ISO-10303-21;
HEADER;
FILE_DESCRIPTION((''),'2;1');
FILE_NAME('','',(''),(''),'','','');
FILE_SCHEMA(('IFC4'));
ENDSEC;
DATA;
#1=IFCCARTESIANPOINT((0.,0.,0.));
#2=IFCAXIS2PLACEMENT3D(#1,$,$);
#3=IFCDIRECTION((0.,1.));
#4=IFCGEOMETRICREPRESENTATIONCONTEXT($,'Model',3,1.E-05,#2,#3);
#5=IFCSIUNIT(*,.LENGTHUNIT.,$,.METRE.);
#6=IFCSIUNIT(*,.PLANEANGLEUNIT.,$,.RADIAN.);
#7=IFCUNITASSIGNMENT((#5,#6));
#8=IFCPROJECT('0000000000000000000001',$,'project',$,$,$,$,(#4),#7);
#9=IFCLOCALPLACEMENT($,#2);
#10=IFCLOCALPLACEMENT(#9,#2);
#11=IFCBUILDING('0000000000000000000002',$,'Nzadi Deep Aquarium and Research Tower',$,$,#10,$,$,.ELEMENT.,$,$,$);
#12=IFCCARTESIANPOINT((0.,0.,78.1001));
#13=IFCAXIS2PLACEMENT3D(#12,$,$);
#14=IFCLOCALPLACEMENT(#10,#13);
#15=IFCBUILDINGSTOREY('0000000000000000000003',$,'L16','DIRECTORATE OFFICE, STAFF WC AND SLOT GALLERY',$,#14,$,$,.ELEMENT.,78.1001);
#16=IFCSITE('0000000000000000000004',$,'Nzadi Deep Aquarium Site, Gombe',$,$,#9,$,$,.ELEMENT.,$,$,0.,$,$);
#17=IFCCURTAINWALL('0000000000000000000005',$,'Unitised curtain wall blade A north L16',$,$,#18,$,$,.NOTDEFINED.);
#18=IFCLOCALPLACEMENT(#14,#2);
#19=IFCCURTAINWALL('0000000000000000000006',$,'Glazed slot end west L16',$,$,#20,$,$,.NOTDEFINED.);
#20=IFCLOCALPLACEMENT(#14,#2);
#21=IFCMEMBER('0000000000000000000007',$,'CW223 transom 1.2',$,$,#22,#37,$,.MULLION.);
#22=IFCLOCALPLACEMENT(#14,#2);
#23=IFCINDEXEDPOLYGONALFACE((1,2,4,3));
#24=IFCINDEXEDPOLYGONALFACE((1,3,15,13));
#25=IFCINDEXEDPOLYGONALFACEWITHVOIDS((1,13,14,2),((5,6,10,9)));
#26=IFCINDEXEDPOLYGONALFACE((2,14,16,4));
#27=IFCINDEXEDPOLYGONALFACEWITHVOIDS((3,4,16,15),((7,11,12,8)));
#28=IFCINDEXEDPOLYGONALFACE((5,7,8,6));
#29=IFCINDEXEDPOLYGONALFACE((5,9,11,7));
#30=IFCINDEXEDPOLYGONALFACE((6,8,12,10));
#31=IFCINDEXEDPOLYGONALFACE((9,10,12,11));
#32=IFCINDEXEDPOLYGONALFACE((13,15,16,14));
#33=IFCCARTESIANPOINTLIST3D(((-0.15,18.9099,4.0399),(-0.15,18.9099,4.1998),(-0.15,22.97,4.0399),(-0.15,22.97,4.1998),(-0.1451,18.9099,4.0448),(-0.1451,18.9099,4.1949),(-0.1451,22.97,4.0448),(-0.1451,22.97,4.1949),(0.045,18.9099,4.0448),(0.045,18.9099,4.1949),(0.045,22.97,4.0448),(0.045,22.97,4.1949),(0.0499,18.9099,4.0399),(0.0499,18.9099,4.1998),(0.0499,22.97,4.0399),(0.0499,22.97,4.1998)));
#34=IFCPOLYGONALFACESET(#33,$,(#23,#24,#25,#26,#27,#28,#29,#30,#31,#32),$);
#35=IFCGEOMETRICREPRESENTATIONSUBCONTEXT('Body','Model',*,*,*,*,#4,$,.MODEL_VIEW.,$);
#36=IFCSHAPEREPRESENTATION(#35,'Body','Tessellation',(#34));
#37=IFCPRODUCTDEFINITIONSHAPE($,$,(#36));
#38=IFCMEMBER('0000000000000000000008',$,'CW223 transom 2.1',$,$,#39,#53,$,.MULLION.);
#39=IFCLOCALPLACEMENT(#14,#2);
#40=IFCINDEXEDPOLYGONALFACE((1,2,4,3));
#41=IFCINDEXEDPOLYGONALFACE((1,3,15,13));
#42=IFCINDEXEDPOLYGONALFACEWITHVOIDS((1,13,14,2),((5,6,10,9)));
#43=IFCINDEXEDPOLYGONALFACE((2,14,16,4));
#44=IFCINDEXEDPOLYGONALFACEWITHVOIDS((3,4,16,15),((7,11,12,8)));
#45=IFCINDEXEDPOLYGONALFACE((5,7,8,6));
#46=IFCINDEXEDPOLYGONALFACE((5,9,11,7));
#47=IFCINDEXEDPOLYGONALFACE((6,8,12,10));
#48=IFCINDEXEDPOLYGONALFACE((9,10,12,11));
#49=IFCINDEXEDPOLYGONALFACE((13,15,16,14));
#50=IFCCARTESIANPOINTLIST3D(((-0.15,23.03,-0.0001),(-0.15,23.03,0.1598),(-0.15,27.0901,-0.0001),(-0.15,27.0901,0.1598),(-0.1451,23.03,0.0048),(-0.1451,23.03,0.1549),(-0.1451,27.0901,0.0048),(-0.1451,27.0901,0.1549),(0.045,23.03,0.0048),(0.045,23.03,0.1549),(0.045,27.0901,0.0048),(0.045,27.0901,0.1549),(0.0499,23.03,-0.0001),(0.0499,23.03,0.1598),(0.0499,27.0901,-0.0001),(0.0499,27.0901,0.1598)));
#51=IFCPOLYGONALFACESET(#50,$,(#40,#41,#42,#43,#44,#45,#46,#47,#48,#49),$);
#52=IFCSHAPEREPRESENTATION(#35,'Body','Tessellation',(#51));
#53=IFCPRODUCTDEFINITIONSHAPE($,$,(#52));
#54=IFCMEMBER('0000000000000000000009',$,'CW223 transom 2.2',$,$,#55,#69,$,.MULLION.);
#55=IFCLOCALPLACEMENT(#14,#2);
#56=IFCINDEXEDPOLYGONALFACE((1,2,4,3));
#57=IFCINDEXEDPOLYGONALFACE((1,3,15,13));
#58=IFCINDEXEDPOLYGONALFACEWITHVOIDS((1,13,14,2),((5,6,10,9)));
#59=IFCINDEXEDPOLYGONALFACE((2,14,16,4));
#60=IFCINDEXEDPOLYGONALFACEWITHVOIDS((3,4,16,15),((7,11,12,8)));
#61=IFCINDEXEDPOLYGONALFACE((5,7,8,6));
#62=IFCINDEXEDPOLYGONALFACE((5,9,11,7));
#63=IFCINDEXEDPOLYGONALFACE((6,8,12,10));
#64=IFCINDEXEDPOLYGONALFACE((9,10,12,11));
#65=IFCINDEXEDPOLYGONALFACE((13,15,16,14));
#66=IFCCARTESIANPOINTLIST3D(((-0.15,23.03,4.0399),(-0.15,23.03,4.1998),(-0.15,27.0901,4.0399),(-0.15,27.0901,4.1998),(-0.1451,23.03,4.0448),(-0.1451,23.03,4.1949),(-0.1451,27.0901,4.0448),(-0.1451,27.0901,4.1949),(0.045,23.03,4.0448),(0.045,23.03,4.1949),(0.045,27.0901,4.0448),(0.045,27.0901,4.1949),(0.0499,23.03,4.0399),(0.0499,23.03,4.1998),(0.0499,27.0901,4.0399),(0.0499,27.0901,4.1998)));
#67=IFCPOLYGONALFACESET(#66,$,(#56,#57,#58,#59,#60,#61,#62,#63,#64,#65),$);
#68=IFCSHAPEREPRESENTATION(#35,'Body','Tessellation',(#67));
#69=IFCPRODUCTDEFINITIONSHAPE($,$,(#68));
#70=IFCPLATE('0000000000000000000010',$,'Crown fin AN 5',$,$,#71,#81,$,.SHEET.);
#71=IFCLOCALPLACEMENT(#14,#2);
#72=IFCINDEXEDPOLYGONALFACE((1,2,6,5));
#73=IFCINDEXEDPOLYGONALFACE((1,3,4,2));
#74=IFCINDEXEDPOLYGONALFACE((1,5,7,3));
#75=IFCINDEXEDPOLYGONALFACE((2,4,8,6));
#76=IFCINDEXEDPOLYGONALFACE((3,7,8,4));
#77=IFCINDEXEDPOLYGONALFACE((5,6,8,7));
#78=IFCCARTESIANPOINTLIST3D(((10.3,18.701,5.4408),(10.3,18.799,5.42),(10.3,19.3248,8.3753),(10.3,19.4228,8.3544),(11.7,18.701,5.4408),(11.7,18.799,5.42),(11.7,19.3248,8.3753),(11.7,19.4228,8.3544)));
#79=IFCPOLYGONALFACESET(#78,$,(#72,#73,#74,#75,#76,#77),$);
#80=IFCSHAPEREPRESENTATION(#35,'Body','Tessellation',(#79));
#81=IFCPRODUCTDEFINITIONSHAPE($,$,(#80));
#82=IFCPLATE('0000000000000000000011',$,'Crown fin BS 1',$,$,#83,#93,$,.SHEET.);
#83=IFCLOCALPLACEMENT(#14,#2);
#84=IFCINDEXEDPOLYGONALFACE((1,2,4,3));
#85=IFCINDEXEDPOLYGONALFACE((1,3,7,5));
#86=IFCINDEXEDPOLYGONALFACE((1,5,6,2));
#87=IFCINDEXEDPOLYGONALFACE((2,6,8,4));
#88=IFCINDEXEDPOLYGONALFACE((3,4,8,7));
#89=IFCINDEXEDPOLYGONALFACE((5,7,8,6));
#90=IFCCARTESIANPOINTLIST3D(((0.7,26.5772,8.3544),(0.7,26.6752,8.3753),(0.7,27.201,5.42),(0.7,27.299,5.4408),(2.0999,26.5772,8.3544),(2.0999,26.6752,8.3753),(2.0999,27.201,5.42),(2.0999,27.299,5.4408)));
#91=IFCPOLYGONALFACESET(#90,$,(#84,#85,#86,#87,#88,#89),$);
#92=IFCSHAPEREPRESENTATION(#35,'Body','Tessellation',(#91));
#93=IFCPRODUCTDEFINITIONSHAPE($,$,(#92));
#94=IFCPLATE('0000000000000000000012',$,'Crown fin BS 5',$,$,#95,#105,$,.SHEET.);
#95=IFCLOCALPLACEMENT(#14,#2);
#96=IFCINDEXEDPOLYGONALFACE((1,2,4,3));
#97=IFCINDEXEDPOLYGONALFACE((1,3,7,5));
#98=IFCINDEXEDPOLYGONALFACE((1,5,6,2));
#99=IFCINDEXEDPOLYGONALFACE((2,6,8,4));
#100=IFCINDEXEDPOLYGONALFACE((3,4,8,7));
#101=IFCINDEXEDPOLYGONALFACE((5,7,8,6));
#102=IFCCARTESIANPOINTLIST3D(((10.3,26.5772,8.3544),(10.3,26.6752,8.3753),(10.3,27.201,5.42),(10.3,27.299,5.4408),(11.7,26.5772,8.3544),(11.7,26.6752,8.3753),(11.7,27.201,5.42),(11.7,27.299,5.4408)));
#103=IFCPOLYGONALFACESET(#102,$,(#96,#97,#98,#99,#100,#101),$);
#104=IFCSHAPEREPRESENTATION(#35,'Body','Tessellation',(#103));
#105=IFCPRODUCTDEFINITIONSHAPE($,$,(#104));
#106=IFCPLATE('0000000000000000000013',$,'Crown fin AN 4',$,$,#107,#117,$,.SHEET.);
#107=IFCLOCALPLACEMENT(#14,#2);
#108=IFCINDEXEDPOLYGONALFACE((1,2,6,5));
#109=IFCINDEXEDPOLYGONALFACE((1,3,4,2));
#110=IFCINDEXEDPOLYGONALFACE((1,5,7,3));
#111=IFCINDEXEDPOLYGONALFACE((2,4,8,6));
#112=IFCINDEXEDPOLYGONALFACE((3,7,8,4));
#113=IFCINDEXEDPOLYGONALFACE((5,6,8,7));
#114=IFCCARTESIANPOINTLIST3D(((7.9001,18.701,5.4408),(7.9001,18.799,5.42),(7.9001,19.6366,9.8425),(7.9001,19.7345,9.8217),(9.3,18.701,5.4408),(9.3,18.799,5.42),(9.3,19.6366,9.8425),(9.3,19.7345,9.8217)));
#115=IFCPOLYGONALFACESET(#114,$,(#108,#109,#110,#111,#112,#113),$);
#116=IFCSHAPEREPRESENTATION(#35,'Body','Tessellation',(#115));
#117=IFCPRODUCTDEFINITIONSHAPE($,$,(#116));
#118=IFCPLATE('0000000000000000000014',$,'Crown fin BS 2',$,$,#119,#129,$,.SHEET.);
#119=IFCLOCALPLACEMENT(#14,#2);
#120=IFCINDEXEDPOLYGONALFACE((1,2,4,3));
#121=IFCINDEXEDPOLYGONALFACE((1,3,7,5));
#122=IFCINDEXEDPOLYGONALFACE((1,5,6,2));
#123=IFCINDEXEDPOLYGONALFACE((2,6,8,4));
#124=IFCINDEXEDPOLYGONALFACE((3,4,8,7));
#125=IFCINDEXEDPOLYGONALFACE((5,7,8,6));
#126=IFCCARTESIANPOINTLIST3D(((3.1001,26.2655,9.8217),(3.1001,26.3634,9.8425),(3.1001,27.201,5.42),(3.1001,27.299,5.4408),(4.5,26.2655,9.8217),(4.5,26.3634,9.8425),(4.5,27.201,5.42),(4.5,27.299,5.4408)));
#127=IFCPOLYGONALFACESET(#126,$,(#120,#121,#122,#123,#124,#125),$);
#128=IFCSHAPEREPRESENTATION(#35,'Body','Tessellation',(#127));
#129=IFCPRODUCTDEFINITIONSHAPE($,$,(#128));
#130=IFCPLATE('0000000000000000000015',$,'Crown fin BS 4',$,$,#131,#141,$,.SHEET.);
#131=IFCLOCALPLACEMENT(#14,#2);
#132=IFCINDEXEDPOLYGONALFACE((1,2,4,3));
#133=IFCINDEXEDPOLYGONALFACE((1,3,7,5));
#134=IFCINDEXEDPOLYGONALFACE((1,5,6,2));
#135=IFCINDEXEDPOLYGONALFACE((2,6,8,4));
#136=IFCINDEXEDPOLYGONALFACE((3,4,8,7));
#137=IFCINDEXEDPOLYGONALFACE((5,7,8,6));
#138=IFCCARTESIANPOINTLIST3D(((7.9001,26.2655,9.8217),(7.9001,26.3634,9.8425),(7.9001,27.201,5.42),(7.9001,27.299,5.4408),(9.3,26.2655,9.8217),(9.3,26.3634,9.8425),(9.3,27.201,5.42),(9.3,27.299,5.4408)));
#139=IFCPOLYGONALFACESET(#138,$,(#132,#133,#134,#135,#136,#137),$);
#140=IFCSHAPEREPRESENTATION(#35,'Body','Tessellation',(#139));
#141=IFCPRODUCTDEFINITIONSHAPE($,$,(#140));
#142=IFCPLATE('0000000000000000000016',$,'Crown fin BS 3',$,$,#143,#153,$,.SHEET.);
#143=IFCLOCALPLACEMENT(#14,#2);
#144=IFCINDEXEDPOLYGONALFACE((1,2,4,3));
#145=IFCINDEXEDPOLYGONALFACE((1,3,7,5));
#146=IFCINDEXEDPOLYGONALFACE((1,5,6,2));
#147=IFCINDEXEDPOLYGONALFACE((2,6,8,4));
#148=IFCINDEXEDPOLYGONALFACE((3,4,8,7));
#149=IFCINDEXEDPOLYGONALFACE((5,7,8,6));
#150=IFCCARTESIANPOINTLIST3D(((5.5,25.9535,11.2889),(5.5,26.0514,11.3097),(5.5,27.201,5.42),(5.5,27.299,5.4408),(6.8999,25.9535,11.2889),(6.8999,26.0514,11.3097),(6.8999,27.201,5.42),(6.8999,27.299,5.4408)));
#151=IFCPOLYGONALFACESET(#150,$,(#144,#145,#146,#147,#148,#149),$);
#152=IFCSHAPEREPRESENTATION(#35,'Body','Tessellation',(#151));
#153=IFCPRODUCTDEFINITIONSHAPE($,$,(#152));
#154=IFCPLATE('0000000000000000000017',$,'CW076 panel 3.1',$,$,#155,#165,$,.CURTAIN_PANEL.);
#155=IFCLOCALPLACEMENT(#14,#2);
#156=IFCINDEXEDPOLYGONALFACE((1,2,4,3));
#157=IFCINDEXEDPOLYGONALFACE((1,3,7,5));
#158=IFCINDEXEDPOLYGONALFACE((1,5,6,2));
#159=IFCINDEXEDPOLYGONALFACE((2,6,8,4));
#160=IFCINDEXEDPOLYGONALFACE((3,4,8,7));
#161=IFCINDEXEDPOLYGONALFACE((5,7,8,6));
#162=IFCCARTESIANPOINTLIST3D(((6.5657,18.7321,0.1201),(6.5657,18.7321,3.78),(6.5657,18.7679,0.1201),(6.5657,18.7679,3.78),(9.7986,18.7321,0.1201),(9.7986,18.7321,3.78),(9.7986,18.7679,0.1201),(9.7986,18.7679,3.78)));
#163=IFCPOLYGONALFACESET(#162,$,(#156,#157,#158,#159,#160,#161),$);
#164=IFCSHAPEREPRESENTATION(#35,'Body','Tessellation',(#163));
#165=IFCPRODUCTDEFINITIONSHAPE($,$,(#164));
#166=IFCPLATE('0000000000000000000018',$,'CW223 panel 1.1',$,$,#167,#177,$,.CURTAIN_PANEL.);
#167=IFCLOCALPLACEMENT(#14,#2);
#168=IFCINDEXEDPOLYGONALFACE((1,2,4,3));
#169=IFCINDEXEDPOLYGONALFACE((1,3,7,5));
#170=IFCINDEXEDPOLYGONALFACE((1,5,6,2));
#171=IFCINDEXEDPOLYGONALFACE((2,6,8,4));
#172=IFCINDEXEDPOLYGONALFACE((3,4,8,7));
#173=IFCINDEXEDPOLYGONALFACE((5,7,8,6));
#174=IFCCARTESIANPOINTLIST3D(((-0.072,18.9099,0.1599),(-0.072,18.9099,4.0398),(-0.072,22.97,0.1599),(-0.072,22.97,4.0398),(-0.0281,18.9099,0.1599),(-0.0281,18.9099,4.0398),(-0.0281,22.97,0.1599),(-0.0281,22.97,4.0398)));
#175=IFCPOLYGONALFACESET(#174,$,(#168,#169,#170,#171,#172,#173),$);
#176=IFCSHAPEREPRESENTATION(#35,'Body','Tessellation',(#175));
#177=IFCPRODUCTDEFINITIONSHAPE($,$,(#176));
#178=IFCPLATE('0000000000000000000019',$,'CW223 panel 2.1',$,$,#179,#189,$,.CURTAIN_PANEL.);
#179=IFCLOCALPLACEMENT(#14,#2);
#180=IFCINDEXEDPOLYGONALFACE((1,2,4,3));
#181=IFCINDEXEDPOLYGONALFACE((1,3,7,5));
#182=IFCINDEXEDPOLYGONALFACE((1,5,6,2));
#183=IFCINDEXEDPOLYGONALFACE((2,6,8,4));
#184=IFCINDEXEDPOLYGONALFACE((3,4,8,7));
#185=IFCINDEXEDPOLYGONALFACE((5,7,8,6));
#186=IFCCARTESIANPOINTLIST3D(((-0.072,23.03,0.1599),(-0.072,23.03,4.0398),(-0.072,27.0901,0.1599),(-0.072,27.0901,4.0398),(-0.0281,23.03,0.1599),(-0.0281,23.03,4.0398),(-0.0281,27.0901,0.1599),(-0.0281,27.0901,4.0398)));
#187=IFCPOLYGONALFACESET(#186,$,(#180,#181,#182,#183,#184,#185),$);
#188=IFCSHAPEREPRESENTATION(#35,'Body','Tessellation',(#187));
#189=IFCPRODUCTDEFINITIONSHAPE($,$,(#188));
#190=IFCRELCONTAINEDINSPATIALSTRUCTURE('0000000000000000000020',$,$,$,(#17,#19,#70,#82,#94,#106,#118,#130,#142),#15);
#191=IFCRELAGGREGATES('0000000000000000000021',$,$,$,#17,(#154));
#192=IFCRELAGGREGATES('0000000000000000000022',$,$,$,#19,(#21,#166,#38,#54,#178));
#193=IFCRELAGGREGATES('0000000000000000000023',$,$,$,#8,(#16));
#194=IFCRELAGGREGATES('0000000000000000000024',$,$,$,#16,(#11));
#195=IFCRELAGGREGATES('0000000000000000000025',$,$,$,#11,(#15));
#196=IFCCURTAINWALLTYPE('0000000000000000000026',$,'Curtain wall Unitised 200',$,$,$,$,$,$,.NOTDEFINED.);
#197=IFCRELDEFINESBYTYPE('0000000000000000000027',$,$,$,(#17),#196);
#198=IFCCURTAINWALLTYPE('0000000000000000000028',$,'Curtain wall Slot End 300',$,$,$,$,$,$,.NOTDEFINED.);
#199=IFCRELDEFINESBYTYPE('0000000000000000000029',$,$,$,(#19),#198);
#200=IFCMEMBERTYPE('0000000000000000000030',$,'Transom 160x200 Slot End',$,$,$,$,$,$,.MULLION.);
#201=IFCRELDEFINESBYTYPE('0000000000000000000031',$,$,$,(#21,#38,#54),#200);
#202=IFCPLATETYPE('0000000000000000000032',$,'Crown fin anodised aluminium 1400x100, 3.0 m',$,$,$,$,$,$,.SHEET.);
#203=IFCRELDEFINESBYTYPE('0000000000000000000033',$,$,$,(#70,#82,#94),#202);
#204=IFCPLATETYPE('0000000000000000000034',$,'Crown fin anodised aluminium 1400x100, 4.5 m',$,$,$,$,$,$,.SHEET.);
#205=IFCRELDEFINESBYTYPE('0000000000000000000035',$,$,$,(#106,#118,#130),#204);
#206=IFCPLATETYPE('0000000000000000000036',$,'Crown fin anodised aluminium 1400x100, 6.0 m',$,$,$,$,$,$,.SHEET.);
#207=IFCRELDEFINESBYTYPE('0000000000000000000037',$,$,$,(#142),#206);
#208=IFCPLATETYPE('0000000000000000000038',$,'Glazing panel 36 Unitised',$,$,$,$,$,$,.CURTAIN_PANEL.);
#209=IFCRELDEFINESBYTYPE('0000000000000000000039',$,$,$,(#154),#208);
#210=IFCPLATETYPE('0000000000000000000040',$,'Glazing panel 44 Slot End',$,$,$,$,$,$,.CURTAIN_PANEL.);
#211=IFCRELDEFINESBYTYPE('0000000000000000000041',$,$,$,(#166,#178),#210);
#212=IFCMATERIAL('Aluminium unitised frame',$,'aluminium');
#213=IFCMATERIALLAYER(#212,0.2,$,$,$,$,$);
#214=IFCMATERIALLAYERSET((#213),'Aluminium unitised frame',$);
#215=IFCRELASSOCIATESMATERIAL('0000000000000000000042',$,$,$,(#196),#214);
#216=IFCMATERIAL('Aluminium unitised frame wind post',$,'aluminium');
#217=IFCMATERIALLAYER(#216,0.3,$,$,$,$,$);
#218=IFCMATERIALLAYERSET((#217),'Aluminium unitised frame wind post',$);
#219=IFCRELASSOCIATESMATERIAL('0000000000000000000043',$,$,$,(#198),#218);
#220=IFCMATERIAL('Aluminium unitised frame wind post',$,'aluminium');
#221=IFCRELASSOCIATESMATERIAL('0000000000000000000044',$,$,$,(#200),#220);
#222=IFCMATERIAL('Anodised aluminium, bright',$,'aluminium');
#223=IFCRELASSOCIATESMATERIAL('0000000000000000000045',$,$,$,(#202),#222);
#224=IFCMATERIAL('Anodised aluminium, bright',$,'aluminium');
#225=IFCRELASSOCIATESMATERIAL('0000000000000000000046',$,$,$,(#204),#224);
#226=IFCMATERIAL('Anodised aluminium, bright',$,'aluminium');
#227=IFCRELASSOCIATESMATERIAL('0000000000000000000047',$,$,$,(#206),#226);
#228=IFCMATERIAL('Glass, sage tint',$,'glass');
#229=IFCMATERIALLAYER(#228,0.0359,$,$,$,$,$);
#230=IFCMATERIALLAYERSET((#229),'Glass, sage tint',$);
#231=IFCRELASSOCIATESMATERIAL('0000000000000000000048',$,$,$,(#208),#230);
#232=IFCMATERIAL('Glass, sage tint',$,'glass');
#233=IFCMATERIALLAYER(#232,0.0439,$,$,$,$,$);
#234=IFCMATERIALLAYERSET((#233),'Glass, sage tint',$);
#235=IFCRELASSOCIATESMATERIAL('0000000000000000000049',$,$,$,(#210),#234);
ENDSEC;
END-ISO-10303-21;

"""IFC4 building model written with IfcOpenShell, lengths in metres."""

from ifc_helpers import new_model, si_unit, direction, frame, origin, origin_2d, place, context, subcontext, project, spatial, rectangle, hollow_rectangle, extrude, material, layer, layer_set, material_profile, profile_set, type_object, element, aggregate, save


model = new_model("IFC4")

# Units and contexts
model_context = context("Model", 3, precision=1e-05, world=origin(), true_north=direction((0.0, 1.0)))
body_context = subcontext(model_context, "Body", "Model", "MODEL_VIEW")
ifc_project = project(units=[si_unit("LENGTHUNIT", "METRE"), si_unit("PLANEANGLEUNIT", "RADIAN")], contexts=[model_context])

# Site, building, storey
site_placement = place(None, origin())
site = spatial("IfcSite", under=ifc_project, at=site_placement, Name="Nzadi Deep Aquarium Site, Gombe", CompositionType="ELEMENT", RefElevation=0.0)
building_placement = place(site_placement, origin())
building = spatial("IfcBuilding", under=site, at=building_placement, Name="Nzadi Deep Aquarium and Research Tower", CompositionType="ELEMENT")
storey_placement = place(building_placement, frame((0.0, 0.0, 78.1001)))
storey = spatial("IfcBuildingStorey", under=building, at=storey_placement, Name="L16", Description="DIRECTORATE OFFICE, STAFF WC AND SLOT GALLERY", CompositionType="ELEMENT", Elevation=78.1001)

# Curtain walls
ifc_material_1 = material(Name="Aluminium unitised frame", Category="aluminium")
ifc_layer_1 = layer(ifc_material_1, 0.2)
ifc_layer_set_1 = layer_set([ifc_layer_1], Name="Aluminium unitised frame")
curtain_wall_type_1 = type_object("IfcCurtainWallType", Name="Curtain wall Unitised 200", PredefinedType="NOTDEFINED", material=ifc_layer_set_1)
curtain_wall_1_placement = place(storey_placement, origin())
curtain_wall_1 = element("IfcCurtainWall", 1, at=curtain_wall_1_placement, inside=storey, type_object=curtain_wall_type_1, Name="Unitised curtain wall blade A north L16", PredefinedType="NOTDEFINED")
ifc_material_2 = material(Name="Aluminium unitised frame wind post", Category="aluminium")
ifc_layer_2 = layer(ifc_material_2, 0.3)
ifc_layer_set_2 = layer_set([ifc_layer_2], Name="Aluminium unitised frame wind post")
curtain_wall_type_2 = type_object("IfcCurtainWallType", Name="Curtain wall Slot End 300", PredefinedType="NOTDEFINED", material=ifc_layer_set_2)
curtain_wall_2_placement = place(storey_placement, origin())
curtain_wall_2 = element("IfcCurtainWall", 2, at=curtain_wall_2_placement, inside=storey, type_object=curtain_wall_type_2, Name="Glazed slot end west L16", PredefinedType="NOTDEFINED")

# Members
ifc_material_3 = material(Name="Aluminium unitised frame wind post", Category="aluminium")
ifc_material_profile_1 = material_profile(ifc_material_3, hollow_rectangle(XDim=0.2, YDim=0.1599, WallThickness=0.0049, at=origin_2d()))
ifc_profile_set_1 = profile_set([ifc_material_profile_1], Name="Aluminium unitised frame wind post")
member_type_1 = type_object("IfcMemberType", Name="Transom 160x200 Slot End", PredefinedType="MULLION", material=ifc_profile_set_1)
member_1_placement = place(storey_placement, frame((-0.05, 18.9099, 4.1199), z_axis=(0.0, 1.0, 0.0), x_axis=(-1.0, 0.0, 0.0)))
member_1 = element("IfcMember", 3, at=member_1_placement, type_object=member_type_1, Name="CW223 transom 1.2", PredefinedType="MULLION", context=body_context, shape_type="SweptSolid", body=[
    extrude(hollow_rectangle(XDim=0.2, YDim=0.1599, WallThickness=0.0049, at=origin_2d()), origin(), (0.0, 0.0, 1.0), 4.0601),
])
member_2_placement = place(storey_placement, frame((-0.05, 23.03, 0.0798), z_axis=(0.0, 1.0, 0.0), x_axis=(-1.0, 0.0, 0.0)))
member_2 = element("IfcMember", 4, at=member_2_placement, type_object=member_type_1, Name="CW223 transom 2.1", PredefinedType="MULLION", context=body_context, shape_type="SweptSolid", body=[
    extrude(hollow_rectangle(XDim=0.2, YDim=0.1599, WallThickness=0.0049, at=origin_2d()), origin(), (0.0, 0.0, 1.0), 4.0601),
])
member_3_placement = place(storey_placement, frame((-0.05, 23.03, 4.1199), z_axis=(0.0, 1.0, 0.0), x_axis=(-1.0, 0.0, 0.0)))
member_3 = element("IfcMember", 5, at=member_3_placement, type_object=member_type_1, Name="CW223 transom 2.2", PredefinedType="MULLION", context=body_context, shape_type="SweptSolid", body=[
    extrude(hollow_rectangle(XDim=0.2, YDim=0.1599, WallThickness=0.0049, at=origin_2d()), origin(), (0.0, 0.0, 1.0), 4.0601),
])

# Plates
ifc_material_4 = material(Name="Anodised aluminium, bright", Category="aluminium")
ifc_material_profile_2 = material_profile(ifc_material_4, rectangle(XDim=1.3999, YDim=0.1001, at=origin_2d()))
ifc_profile_set_2 = profile_set([ifc_material_profile_2], Name="Anodised aluminium, bright")
plate_type_1 = type_object("IfcPlateType", Name="Crown fin anodised aluminium 1400x100, 3.0 m", PredefinedType="SHEET", material=ifc_profile_set_2)
for number, where, z_axis, x_axis, name in (
    (6, (11.0, 18.75, 5.4304), (0.0, 0.207934, 0.978143), (-1.0, 0.0, 0.0), "Crown fin AN 5"),
    (7, (1.3999, 27.25, 5.4304), (0.0, -0.207934, 0.978143), (1.0, 0.0, 0.0), "Crown fin BS 1"),
    (8, (11.0, 27.25, 5.4304), (0.0, -0.207934, 0.978143), (1.0, 0.0, 0.0), "Crown fin BS 5"),
):
    element("IfcPlate", number, at=place(storey_placement, frame(where, z_axis=z_axis, x_axis=x_axis)), inside=storey, type_object=plate_type_1, Name=name, PredefinedType="SHEET", context=body_context, shape_type="SweptSolid", body=[
        extrude(rectangle(XDim=1.3999, YDim=0.1001, at=origin_2d()), origin(), (0.0, 0.0, 1.0), 3.0),
    ])
ifc_material_5 = material(Name="Anodised aluminium, bright", Category="aluminium")
ifc_material_profile_3 = material_profile(ifc_material_5, rectangle(XDim=1.3999, YDim=0.1001, at=origin_2d()))
ifc_profile_set_3 = profile_set([ifc_material_profile_3], Name="Anodised aluminium, bright")
plate_type_2 = type_object("IfcPlateType", Name="Crown fin anodised aluminium 1400x100, 4.5 m", PredefinedType="SHEET", material=ifc_profile_set_3)
for number, where, z_axis, x_axis, name in (
    (9, (8.6001, 18.75, 5.4304), (0.0, 0.207902, 0.97815), (-1.0, 0.0, 0.0), "Crown fin AN 4"),
    (10, (3.8, 27.25, 5.4304), (0.0, -0.207902, 0.97815), (1.0, 0.0, 0.0), "Crown fin BS 2"),
    (11, (8.6001, 27.25, 5.4304), (0.0, -0.207902, 0.97815), (1.0, 0.0, 0.0), "Crown fin BS 4"),
):
    element("IfcPlate", number, at=place(storey_placement, frame(where, z_axis=z_axis, x_axis=x_axis)), inside=storey, type_object=plate_type_2, Name=name, PredefinedType="SHEET", context=body_context, shape_type="SweptSolid", body=[
        extrude(rectangle(XDim=1.3999, YDim=0.1001, at=origin_2d()), origin(), (0.0, 0.0, 1.0), 4.5),
    ])
ifc_material_6 = material(Name="Anodised aluminium, bright", Category="aluminium")
ifc_material_profile_4 = material_profile(ifc_material_6, rectangle(XDim=1.3999, YDim=0.1001, at=origin_2d()))
ifc_profile_set_4 = profile_set([ifc_material_profile_4], Name="Anodised aluminium, bright")
plate_type_3 = type_object("IfcPlateType", Name="Crown fin anodised aluminium 1400x100, 6.0 m", PredefinedType="SHEET", material=ifc_profile_set_4)
plate_1_placement = place(storey_placement, frame((6.2, 27.25, 5.4304), z_axis=(0.0, -0.207925, 0.978145), x_axis=(1.0, 0.0, 0.0)))
element("IfcPlate", 12, at=plate_1_placement, inside=storey, type_object=plate_type_3, Name="Crown fin BS 3", PredefinedType="SHEET", context=body_context, shape_type="SweptSolid", body=[
    extrude(rectangle(XDim=1.3999, YDim=0.1001, at=origin_2d()), origin(), (0.0, 0.0, 1.0), 6.0),
])

# Plates
ifc_material_7 = material(Name="Glass, sage tint", Category="glass")
ifc_layer_3 = layer(ifc_material_7, 0.0359)
ifc_layer_set_3 = layer_set([ifc_layer_3], Name="Glass, sage tint")
plate_type_4 = type_object("IfcPlateType", Name="Glazing panel 36 Unitised", PredefinedType="CURTAIN_PANEL", material=ifc_layer_set_3)
plate_2_placement = place(storey_placement, frame((8.1821, 18.75, 0.1201), z_axis=(0.0, 0.0, 1.0), x_axis=(1.0, 0.0, 0.0)))
plate_2 = element("IfcPlate", 13, at=plate_2_placement, type_object=plate_type_4, Name="CW076 panel 3.1", PredefinedType="CURTAIN_PANEL", context=body_context, shape_type="SweptSolid", body=[
    extrude(rectangle(XDim=3.2329, YDim=0.0359, at=origin_2d()), origin(), (0.0, 0.0, 1.0), 3.6599),
])
aggregate(curtain_wall_1, [plate_2])
ifc_material_8 = material(Name="Glass, sage tint", Category="glass")
ifc_layer_4 = layer(ifc_material_8, 0.0439)
ifc_layer_set_4 = layer_set([ifc_layer_4], Name="Glass, sage tint")
plate_type_5 = type_object("IfcPlateType", Name="Glazing panel 44 Slot End", PredefinedType="CURTAIN_PANEL", material=ifc_layer_set_4)
plate_3_placement = place(storey_placement, frame((-0.05, 20.9399, 0.1599), z_axis=(0.0, 0.0, 1.0), x_axis=(0.0, 1.0, 0.0)))
plate_3 = element("IfcPlate", 14, at=plate_3_placement, type_object=plate_type_5, Name="CW223 panel 1.1", PredefinedType="CURTAIN_PANEL", context=body_context, shape_type="SweptSolid", body=[
    extrude(rectangle(XDim=4.0601, YDim=0.0439, at=origin_2d()), origin(), (0.0, 0.0, 1.0), 3.8799),
])
plate_4_placement = place(storey_placement, frame((-0.05, 25.0601, 0.1599), z_axis=(0.0, 0.0, 1.0), x_axis=(0.0, 1.0, 0.0)))
plate_4 = element("IfcPlate", 15, at=plate_4_placement, type_object=plate_type_5, Name="CW223 panel 2.1", PredefinedType="CURTAIN_PANEL", context=body_context, shape_type="SweptSolid", body=[
    extrude(rectangle(XDim=4.0601, YDim=0.0439, at=origin_2d()), origin(), (0.0, 0.0, 1.0), 3.8799),
])
aggregate(curtain_wall_2, [member_1, plate_3, member_2, member_3, plate_4])

save(model, "model.ifc")
